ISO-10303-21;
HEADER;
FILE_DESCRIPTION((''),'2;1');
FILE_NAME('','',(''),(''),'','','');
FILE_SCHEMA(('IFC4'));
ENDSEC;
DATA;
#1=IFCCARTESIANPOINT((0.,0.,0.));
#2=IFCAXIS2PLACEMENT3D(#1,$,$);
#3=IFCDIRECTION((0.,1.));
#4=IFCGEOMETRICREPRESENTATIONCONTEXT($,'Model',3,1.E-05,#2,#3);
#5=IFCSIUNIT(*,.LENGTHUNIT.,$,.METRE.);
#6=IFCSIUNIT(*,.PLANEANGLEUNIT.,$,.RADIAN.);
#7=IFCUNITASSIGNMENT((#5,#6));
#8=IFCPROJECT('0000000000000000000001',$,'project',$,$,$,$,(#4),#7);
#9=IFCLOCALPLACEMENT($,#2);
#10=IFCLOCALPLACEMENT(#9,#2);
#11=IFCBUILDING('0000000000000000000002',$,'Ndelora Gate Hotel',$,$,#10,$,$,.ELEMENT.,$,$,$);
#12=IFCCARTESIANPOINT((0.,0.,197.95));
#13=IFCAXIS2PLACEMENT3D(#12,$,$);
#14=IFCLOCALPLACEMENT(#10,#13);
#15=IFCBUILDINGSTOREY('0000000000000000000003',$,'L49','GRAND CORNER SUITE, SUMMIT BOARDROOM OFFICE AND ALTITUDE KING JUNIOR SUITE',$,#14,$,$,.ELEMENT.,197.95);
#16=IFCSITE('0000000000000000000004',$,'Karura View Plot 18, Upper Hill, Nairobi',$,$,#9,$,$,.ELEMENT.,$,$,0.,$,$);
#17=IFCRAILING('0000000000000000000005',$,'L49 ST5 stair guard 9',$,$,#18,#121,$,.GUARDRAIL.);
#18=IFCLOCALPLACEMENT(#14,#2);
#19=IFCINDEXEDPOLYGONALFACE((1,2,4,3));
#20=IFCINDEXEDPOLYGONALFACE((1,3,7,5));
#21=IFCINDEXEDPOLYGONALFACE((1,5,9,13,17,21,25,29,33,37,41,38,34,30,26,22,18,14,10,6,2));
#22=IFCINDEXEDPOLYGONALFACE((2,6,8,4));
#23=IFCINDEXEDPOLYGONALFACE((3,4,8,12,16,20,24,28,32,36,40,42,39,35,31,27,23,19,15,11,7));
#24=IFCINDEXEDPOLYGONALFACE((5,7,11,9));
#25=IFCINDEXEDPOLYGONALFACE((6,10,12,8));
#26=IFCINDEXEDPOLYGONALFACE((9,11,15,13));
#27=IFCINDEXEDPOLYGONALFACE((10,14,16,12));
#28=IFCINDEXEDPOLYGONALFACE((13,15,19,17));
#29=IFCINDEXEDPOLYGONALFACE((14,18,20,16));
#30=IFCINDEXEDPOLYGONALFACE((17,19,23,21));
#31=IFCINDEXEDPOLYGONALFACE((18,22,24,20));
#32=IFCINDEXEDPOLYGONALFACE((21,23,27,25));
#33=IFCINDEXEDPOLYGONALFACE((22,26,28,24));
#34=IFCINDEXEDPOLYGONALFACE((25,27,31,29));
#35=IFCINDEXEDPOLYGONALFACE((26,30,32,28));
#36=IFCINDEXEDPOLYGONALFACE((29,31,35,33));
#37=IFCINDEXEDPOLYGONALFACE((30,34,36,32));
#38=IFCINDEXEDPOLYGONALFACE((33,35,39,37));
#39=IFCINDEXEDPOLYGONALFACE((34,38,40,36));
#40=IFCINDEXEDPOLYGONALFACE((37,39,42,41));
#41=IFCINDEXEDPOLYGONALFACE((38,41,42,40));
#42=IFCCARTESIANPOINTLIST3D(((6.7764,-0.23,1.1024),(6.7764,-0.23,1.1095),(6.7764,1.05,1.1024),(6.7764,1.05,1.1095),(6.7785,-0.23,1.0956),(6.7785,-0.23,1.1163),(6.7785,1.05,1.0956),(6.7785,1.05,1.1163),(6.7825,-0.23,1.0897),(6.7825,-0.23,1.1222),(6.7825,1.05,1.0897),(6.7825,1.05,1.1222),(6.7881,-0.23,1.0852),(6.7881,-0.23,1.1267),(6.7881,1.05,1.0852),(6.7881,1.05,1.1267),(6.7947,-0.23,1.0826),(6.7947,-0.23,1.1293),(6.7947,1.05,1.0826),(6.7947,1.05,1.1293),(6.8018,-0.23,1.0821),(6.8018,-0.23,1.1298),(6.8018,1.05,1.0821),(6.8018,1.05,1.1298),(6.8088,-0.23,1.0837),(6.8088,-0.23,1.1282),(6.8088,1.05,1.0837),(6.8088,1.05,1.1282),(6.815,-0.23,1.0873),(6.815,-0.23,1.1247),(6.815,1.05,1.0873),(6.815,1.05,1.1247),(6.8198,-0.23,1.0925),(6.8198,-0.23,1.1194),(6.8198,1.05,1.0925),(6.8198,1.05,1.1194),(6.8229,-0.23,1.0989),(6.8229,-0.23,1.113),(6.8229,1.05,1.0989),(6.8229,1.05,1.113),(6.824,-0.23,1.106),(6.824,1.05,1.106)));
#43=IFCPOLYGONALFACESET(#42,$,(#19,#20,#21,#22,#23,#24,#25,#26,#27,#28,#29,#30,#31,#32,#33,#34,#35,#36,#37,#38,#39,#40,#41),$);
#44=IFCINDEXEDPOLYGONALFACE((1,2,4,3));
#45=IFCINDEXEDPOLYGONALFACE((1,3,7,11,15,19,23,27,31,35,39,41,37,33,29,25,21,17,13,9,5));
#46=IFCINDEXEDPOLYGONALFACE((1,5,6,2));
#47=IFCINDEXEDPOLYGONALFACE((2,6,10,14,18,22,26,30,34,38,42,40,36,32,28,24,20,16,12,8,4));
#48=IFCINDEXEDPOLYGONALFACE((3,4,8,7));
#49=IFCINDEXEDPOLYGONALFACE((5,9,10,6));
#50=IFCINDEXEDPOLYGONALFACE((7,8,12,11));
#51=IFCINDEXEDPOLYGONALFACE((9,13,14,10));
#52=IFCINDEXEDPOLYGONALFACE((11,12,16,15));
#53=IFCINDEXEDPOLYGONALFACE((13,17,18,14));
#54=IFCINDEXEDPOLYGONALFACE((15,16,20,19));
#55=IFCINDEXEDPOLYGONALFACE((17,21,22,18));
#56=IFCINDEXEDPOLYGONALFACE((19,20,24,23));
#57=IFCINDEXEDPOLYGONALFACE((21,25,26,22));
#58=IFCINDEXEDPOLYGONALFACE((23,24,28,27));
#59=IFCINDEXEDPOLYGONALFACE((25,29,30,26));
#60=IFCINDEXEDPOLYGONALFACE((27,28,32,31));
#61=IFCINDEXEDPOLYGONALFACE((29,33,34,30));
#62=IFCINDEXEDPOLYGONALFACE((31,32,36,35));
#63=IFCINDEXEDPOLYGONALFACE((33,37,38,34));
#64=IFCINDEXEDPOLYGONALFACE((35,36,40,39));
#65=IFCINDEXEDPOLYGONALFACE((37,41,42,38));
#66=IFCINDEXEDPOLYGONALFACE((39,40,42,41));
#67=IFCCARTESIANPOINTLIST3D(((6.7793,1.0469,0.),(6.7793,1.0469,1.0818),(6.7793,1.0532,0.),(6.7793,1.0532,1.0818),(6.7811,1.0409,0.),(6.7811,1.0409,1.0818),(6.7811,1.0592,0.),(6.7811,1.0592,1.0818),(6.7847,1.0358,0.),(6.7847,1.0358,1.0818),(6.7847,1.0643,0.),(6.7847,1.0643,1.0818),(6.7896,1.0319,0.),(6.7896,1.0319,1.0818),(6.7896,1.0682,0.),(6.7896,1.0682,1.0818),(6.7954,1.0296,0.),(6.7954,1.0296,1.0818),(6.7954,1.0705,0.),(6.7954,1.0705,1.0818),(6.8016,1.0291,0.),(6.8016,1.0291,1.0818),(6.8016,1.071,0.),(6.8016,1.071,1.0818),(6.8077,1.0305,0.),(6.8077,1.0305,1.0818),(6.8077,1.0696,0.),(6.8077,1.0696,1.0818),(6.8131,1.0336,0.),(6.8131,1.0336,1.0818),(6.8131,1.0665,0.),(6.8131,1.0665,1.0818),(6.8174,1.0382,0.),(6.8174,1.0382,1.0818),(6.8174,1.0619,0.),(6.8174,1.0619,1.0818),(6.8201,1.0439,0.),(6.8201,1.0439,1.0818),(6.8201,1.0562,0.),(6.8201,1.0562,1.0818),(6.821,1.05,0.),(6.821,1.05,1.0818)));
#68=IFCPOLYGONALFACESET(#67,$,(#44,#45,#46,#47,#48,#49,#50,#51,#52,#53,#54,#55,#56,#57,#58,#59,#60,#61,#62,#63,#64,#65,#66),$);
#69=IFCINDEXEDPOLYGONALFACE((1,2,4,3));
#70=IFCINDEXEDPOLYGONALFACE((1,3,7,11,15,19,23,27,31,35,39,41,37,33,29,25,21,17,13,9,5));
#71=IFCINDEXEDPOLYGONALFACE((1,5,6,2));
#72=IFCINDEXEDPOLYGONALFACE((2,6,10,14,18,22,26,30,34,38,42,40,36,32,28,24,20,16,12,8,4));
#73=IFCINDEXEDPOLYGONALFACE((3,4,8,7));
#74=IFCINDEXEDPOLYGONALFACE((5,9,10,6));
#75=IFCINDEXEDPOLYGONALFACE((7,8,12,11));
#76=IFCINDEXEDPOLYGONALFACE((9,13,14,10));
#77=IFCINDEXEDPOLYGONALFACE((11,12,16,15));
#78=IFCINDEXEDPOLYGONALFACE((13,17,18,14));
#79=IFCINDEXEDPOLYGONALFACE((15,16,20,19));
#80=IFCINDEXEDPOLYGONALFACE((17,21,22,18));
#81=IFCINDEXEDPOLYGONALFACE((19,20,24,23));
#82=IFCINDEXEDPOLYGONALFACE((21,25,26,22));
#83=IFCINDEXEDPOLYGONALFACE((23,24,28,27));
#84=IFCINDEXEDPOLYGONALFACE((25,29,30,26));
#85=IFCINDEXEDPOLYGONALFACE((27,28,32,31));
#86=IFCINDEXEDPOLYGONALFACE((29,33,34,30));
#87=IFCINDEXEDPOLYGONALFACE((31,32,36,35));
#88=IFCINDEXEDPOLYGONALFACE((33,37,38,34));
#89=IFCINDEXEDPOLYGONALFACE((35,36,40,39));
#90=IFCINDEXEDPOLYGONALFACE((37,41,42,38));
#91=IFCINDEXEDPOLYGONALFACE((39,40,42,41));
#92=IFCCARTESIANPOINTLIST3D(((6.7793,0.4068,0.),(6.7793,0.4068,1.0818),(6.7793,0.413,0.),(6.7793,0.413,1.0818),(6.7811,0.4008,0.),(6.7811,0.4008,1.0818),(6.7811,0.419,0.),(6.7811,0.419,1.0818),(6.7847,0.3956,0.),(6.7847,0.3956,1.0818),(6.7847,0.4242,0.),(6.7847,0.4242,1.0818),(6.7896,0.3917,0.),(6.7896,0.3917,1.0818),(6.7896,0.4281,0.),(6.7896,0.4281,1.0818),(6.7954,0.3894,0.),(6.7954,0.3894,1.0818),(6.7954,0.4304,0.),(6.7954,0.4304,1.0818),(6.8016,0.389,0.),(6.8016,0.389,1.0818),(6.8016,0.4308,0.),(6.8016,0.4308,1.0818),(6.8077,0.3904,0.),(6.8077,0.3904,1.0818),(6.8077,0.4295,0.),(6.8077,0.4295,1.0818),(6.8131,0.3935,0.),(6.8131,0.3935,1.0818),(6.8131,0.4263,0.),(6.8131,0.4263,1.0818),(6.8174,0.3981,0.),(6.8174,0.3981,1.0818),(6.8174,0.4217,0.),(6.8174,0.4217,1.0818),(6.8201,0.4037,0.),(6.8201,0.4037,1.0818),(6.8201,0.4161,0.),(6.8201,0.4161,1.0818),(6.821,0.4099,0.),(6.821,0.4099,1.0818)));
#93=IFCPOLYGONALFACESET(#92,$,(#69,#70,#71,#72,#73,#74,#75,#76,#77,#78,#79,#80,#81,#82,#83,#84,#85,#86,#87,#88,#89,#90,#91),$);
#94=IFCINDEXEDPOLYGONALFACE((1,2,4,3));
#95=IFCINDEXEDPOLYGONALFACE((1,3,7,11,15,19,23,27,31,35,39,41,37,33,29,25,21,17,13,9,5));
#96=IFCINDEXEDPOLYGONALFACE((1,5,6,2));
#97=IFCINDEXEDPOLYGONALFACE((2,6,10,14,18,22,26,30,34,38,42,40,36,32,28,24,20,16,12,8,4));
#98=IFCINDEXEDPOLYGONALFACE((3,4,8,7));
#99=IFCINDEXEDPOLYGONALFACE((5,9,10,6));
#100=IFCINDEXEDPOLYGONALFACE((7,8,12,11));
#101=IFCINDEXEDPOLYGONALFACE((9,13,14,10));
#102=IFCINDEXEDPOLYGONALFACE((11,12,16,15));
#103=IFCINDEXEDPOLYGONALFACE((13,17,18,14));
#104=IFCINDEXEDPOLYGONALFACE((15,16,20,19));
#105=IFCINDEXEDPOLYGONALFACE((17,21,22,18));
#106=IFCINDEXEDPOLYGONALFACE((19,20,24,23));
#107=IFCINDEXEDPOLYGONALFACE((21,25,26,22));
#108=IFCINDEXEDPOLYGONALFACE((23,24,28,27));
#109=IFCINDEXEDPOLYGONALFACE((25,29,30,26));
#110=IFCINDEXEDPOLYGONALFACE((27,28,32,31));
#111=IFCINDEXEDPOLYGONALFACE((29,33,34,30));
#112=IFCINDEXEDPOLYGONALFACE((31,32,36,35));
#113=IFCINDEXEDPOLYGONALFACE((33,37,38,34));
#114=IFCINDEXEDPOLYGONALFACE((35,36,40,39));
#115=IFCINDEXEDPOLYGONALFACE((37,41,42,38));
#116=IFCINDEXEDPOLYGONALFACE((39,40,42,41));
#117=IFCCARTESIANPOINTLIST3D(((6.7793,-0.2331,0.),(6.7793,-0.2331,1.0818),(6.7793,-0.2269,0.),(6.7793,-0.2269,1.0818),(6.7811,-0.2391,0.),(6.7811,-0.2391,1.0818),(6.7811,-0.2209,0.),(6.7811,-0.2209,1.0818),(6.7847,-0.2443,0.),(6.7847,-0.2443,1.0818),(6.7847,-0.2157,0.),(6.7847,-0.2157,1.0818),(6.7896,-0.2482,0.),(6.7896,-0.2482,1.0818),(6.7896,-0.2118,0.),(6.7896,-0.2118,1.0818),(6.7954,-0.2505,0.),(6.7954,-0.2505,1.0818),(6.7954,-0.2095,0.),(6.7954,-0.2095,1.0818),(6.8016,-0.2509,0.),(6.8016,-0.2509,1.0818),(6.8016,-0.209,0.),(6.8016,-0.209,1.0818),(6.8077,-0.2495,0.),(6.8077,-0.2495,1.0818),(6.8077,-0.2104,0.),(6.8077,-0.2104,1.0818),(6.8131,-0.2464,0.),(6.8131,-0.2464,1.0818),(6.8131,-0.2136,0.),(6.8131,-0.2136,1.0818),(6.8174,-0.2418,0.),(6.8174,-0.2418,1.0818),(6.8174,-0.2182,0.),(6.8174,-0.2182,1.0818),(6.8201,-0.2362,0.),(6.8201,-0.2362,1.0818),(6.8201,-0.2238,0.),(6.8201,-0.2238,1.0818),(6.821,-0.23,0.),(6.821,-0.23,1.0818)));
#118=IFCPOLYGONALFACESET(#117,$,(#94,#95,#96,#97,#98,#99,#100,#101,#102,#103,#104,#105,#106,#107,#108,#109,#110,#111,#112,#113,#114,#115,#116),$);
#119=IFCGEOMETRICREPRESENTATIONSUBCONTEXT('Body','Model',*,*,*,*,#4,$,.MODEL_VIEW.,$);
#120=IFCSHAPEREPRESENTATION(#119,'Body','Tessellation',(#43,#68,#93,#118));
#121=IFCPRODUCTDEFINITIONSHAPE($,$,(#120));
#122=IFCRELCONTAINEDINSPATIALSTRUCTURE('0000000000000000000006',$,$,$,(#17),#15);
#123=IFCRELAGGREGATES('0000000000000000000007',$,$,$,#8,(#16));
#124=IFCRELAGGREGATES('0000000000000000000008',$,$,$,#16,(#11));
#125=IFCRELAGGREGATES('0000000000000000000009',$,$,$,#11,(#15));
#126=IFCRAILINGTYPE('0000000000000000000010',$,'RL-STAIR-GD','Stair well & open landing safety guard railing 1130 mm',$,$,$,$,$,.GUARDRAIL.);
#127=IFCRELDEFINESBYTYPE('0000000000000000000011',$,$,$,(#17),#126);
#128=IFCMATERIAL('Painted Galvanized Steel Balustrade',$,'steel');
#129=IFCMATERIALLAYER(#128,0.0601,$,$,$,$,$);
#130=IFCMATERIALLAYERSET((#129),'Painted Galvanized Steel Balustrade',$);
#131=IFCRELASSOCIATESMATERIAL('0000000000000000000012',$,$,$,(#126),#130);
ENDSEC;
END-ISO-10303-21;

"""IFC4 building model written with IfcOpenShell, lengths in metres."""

from ifc_helpers import new_model, si_unit, direction, frame, origin, origin_2d, place, context, subcontext, project, spatial, circle, extrude, material, layer, layer_set, type_object, element, save


model = new_model("IFC4")

# Units and contexts
model_context = context("Model", 3, precision=1e-05, world=origin(), true_north=direction((0.0, 1.0)))
body_context = subcontext(model_context, "Body", "Model", "MODEL_VIEW")
ifc_project = project(units=[si_unit("LENGTHUNIT", "METRE"), si_unit("PLANEANGLEUNIT", "RADIAN")], contexts=[model_context])

# Site, building, storey
site_placement = place(None, origin())
site = spatial("IfcSite", under=ifc_project, at=site_placement, Name="Karura View Plot 18, Upper Hill, Nairobi", CompositionType="ELEMENT", RefElevation=0.0)
building_placement = place(site_placement, origin())
building = spatial("IfcBuilding", under=site, at=building_placement, Name="Ndelora Gate Hotel", CompositionType="ELEMENT")
storey_placement = place(building_placement, frame((0.0, 0.0, 197.95)))
storey = spatial("IfcBuildingStorey", under=building, at=storey_placement, Name="L49", Description="GRAND CORNER SUITE, SUMMIT BOARDROOM OFFICE AND ALTITUDE KING JUNIOR SUITE", CompositionType="ELEMENT", Elevation=197.95)

# Railing
ifc_material_1 = material(Name="Painted Galvanized Steel Balustrade", Category="steel")
ifc_layer_1 = layer(ifc_material_1, 0.0601)
ifc_layer_set_1 = layer_set([ifc_layer_1], Name="Painted Galvanized Steel Balustrade")
railing_type = type_object("IfcRailingType", Name="RL-STAIR-GD", Description="Stair well & open landing safety guard railing 1130 mm", PredefinedType="GUARDRAIL", material=ifc_layer_set_1)
for number, where, name in (
    (1, (6.8, 1.05, 0.0), "L49 ST5 stair guard 9"),
):
    element("IfcRailing", number, at=place(storey_placement, frame(where)), inside=storey, type_object=railing_type, Name=name, PredefinedType="GUARDRAIL", context=body_context, shape_type="SweptSolid", body=[
        extrude(circle(Radius=0.0239, at=origin_2d()), frame((0.0, 0.0, 1.106), z_axis=(0.0, -1.0, 0.0), x_axis=(1.0, 0.0, 0.0)), (0.0, 0.0, 1.0), 1.28),
        extrude(circle(Radius=0.021, at=origin_2d()), origin(), (0.0, 0.0, 1.0), 1.0818),
        extrude(circle(Radius=0.021, at=origin_2d()), frame((0.0, -0.6401, 0.0)), (0.0, 0.0, 1.0), 1.0818),
        extrude(circle(Radius=0.021, at=origin_2d()), frame((0.0, -1.28, 0.0)), (0.0, 0.0, 1.0), 1.0818),
    ])

save(model, "model.ifc")
